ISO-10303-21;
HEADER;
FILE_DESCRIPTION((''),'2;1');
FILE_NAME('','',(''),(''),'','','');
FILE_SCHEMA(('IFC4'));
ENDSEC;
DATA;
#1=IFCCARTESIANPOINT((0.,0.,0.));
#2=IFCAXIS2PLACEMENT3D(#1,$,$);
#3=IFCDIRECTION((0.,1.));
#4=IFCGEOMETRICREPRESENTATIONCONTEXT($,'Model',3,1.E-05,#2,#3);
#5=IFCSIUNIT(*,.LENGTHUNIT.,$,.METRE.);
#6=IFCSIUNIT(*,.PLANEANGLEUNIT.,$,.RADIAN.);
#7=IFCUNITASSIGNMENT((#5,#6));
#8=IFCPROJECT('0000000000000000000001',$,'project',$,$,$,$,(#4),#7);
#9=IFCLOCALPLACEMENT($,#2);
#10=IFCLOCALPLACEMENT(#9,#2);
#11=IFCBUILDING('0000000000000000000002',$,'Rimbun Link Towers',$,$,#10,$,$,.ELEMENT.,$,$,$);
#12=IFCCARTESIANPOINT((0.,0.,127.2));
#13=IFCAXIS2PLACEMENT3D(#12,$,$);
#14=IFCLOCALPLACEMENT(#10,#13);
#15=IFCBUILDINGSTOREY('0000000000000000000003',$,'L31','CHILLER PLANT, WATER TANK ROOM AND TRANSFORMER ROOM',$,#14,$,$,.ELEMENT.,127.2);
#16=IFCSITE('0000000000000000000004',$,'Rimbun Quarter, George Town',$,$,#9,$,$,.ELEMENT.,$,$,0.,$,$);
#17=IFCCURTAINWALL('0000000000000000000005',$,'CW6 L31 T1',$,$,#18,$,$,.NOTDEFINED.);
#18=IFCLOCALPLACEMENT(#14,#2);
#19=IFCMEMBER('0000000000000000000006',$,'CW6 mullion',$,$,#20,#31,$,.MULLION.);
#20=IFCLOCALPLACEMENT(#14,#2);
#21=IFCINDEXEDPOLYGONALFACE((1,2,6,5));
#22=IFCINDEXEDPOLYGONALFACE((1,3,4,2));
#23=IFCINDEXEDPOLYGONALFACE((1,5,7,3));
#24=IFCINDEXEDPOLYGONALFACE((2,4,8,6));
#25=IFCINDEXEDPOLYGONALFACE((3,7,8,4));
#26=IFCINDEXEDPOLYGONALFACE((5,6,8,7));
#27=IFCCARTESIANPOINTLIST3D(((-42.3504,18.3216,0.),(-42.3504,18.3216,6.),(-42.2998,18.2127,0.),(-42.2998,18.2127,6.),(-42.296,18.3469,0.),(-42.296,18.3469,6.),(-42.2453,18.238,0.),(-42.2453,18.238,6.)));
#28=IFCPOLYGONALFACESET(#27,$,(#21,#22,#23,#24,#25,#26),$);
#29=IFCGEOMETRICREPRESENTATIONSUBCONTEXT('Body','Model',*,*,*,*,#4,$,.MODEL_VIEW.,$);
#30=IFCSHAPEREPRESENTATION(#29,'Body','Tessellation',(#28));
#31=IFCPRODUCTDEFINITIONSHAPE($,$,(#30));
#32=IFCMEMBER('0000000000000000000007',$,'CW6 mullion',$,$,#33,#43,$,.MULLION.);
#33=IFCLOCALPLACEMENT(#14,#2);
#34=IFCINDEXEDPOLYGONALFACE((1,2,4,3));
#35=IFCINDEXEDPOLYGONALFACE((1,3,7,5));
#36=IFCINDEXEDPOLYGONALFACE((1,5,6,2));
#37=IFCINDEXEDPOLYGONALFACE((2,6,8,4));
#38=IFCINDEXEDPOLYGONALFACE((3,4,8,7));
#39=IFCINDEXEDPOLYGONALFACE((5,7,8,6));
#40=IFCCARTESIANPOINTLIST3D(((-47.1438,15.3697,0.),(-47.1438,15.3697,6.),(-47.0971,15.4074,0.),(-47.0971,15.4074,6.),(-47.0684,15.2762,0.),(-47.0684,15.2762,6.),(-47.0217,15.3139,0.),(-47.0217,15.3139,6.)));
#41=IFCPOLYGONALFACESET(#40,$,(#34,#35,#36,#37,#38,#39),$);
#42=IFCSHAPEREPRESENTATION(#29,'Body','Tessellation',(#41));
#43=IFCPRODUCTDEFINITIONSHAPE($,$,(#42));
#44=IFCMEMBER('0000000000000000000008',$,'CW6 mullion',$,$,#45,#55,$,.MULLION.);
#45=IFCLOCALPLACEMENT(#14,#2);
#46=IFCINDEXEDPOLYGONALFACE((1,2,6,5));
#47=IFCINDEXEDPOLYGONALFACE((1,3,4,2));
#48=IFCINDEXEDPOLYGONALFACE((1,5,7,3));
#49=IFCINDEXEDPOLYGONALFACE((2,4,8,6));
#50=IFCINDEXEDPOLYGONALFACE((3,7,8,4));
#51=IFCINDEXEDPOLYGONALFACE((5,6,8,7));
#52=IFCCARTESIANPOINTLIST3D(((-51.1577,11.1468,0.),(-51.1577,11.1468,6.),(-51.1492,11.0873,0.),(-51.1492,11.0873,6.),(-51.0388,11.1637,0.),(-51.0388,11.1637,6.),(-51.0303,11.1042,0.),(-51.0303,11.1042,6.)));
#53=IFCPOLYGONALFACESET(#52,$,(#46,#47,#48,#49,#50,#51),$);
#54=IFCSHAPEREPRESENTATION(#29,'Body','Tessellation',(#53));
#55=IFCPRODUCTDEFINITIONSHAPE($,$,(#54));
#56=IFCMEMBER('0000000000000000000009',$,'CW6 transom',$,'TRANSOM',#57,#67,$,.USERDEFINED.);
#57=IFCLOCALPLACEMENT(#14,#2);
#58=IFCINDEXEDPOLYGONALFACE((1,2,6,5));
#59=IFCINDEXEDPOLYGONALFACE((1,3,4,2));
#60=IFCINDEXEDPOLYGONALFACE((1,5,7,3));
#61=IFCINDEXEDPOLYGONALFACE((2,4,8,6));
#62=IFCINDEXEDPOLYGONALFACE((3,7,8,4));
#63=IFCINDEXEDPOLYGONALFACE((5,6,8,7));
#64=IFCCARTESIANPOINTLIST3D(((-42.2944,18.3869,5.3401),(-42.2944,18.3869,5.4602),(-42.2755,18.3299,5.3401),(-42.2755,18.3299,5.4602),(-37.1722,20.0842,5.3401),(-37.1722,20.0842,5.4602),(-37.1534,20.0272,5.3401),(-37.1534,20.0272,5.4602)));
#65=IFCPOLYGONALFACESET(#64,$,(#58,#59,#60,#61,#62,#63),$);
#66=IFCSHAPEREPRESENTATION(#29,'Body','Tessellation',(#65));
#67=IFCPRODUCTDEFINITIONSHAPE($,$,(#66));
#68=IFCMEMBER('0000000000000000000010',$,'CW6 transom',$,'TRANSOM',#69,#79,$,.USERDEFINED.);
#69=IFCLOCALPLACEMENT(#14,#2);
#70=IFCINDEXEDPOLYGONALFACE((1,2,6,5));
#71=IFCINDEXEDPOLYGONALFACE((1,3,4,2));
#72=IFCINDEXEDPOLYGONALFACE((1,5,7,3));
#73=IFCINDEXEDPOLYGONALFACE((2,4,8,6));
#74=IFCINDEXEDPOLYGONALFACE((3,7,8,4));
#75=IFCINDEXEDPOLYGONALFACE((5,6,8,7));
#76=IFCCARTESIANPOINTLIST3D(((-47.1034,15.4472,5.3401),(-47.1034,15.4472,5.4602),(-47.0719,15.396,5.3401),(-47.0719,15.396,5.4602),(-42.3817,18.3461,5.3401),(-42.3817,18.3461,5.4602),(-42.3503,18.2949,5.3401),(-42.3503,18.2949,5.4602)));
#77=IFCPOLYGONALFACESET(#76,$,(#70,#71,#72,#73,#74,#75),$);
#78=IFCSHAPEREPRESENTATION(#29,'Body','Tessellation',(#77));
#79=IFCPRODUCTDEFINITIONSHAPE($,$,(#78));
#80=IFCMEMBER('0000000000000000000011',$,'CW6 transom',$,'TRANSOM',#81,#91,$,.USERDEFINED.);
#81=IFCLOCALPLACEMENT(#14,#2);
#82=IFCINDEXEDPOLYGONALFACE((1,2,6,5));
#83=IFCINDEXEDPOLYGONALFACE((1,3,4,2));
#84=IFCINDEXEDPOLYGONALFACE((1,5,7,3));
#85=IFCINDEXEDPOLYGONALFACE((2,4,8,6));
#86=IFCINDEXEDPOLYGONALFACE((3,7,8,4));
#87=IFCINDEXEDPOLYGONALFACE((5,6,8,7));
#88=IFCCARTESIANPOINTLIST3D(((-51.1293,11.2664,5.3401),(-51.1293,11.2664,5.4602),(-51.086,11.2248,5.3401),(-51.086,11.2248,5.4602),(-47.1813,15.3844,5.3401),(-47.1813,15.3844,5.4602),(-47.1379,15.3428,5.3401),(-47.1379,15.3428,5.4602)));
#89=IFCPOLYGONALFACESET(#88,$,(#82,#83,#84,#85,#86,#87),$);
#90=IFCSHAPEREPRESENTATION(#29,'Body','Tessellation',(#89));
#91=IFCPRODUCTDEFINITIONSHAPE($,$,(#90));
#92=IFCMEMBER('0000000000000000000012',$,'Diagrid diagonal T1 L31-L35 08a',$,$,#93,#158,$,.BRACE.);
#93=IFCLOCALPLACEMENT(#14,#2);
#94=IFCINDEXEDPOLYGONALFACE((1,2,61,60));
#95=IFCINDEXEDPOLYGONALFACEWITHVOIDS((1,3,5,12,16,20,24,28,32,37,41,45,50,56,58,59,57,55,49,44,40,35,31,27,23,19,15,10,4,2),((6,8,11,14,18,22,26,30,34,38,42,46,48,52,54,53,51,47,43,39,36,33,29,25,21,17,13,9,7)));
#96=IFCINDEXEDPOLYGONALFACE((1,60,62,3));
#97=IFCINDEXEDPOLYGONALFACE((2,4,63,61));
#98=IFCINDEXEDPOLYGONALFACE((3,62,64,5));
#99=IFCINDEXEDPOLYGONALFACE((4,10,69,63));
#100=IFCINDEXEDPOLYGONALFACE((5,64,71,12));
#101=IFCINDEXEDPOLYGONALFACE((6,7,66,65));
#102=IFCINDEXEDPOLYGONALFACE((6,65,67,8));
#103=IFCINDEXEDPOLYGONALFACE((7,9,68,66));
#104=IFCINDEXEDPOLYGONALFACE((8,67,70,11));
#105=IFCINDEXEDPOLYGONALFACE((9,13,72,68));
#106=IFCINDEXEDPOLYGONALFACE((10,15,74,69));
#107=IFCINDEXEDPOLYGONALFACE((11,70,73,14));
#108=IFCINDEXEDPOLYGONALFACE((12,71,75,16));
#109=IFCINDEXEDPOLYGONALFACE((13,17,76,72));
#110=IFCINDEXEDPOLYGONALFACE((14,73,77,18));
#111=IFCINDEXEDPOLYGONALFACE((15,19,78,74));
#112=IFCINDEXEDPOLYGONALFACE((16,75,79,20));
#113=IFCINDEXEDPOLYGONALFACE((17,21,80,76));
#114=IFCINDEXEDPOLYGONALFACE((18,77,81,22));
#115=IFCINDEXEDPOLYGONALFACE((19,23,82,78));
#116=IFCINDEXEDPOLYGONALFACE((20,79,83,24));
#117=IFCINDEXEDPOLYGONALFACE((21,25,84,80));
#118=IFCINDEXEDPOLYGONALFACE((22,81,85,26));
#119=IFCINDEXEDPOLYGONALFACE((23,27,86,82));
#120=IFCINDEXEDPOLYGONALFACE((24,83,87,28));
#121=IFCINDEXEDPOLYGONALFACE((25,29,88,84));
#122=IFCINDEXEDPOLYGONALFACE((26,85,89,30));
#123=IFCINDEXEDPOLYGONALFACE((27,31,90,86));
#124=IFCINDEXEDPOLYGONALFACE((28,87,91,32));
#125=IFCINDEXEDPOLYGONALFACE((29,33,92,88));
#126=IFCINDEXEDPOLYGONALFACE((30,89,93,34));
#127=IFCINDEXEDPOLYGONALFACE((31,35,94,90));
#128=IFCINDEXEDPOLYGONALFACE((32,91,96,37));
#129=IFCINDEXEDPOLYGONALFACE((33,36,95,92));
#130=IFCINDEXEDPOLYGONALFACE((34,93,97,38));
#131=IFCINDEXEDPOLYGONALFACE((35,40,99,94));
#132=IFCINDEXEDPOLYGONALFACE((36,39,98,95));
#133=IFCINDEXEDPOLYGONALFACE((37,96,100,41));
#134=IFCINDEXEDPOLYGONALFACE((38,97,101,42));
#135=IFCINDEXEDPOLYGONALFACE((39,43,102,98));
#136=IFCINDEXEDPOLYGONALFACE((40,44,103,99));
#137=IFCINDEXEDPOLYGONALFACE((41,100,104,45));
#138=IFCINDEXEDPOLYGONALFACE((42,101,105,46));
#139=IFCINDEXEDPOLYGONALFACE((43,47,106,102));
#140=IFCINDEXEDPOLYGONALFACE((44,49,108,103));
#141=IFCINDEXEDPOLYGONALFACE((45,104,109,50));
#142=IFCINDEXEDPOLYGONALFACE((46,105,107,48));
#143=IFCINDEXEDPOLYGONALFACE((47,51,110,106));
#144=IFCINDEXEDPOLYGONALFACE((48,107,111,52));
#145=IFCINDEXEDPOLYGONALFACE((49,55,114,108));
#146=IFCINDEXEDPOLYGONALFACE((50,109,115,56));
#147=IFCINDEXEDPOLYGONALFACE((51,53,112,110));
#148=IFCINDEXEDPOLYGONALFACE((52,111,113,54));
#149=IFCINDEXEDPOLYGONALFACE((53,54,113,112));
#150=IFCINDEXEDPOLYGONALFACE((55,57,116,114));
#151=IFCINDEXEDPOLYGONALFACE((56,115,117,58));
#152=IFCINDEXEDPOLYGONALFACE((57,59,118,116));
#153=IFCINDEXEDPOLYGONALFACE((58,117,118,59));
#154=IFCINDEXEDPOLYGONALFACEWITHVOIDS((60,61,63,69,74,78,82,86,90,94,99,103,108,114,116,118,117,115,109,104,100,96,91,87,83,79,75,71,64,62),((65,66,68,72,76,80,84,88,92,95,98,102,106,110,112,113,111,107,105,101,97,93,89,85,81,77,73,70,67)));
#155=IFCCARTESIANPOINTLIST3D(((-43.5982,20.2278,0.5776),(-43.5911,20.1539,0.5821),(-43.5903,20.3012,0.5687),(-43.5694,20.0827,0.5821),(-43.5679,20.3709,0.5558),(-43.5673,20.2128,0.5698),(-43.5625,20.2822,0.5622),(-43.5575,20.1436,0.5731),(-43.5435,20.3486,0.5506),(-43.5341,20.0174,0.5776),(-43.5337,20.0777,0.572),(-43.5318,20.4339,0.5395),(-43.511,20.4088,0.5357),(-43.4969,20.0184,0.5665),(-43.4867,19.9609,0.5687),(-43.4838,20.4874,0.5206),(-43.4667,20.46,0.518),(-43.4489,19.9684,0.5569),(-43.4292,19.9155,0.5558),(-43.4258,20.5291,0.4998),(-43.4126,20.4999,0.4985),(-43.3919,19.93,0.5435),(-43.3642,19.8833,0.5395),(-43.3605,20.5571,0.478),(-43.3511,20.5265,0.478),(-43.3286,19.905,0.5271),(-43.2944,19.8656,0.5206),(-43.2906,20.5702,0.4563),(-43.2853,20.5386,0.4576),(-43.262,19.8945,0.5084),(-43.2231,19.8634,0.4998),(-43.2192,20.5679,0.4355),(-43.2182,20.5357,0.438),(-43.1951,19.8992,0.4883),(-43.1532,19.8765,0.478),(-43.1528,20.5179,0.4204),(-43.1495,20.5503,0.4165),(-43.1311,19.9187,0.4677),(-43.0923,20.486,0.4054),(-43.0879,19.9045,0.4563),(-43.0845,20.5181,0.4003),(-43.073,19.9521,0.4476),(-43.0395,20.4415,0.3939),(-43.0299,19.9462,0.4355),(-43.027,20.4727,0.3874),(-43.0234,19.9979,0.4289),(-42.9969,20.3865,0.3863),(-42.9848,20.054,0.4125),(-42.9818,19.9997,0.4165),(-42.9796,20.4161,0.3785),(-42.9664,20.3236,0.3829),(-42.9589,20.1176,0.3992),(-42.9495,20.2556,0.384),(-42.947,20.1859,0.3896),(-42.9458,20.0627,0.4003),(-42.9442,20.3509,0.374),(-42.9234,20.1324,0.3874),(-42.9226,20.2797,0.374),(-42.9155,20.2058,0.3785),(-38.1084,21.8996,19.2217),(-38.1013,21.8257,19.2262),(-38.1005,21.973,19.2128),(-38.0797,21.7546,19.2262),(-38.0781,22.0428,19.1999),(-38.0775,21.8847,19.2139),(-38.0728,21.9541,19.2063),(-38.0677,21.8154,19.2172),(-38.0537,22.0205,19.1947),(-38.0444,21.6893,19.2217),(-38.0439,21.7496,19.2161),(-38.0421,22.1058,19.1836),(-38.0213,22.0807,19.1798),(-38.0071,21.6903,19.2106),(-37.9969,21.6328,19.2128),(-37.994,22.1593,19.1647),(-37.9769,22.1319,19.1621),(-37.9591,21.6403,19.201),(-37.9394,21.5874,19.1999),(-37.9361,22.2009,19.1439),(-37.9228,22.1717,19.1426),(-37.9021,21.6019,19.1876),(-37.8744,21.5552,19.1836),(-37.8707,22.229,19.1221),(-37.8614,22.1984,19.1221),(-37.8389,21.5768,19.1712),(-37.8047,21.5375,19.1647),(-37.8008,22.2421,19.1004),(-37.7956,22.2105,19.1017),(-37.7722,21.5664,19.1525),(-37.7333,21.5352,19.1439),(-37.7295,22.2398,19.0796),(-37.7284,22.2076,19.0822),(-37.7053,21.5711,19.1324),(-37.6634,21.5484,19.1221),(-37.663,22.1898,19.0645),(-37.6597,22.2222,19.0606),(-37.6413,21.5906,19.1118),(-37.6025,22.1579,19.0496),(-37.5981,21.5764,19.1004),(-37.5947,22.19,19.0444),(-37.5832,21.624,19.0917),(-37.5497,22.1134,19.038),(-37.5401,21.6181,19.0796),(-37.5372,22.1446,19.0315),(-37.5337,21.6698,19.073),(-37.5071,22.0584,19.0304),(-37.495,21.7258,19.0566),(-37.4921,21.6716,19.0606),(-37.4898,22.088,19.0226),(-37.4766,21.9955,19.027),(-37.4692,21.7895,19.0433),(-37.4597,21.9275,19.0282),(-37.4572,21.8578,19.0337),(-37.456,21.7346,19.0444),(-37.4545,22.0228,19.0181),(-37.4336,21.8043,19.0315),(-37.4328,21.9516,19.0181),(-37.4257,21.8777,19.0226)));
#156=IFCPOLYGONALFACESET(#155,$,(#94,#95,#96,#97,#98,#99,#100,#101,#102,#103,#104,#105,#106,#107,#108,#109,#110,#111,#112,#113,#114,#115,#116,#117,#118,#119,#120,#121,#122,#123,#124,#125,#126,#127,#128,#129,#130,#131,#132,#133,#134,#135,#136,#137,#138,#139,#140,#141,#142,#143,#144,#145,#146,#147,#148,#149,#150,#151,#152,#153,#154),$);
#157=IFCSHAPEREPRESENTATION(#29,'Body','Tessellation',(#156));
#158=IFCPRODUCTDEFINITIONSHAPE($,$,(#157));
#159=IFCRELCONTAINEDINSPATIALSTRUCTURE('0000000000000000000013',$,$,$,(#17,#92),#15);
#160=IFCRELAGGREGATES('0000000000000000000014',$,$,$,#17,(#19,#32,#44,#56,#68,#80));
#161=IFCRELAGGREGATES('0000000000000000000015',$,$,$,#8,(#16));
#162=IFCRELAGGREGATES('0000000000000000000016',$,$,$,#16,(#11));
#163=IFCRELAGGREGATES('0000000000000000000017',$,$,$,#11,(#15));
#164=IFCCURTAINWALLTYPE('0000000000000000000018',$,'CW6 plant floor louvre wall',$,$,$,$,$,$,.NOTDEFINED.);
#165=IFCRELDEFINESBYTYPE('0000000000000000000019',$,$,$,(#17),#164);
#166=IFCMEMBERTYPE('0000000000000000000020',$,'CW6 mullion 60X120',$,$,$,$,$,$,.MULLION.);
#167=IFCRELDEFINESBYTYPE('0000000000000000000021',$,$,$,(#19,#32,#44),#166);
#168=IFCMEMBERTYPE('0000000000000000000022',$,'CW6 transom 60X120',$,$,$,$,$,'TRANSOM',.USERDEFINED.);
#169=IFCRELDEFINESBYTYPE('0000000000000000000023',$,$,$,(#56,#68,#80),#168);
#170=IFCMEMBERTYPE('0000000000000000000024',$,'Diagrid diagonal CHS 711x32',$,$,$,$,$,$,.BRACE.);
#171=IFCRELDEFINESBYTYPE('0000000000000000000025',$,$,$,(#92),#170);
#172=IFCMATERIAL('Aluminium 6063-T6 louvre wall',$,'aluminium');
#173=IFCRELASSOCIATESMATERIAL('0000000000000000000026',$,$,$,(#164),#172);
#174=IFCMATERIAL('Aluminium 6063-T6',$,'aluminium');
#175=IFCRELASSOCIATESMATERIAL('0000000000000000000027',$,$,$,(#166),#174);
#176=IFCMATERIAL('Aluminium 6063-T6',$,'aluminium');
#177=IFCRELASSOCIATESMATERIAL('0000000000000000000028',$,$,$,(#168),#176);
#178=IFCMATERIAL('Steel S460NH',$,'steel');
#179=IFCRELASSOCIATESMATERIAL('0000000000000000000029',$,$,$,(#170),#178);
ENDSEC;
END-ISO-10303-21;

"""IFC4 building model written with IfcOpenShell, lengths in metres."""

from ifc_helpers import new_model, si_unit, direction, frame, origin, origin_2d, place, context, subcontext, project, spatial, rectangle, hollow_circle, extrude, material, material_profile, profile_set, type_object, element, aggregate, save


model = new_model("IFC4")

# Units and contexts
model_context = context("Model", 3, precision=1e-05, world=origin(), true_north=direction((0.0, 1.0)))
body_context = subcontext(model_context, "Body", "Model", "MODEL_VIEW")
ifc_project = project(units=[si_unit("LENGTHUNIT", "METRE"), si_unit("PLANEANGLEUNIT", "RADIAN")], contexts=[model_context])

# Site, building, storey
site_placement = place(None, origin())
site = spatial("IfcSite", under=ifc_project, at=site_placement, Name="Rimbun Quarter, George Town", CompositionType="ELEMENT", RefElevation=0.0)
building_placement = place(site_placement, origin())
building = spatial("IfcBuilding", under=site, at=building_placement, Name="Rimbun Link Towers", CompositionType="ELEMENT")
storey_placement = place(building_placement, frame((0.0, 0.0, 127.2)))
storey = spatial("IfcBuildingStorey", under=building, at=storey_placement, Name="L31", Description="CHILLER PLANT, WATER TANK ROOM AND TRANSFORMER ROOM", CompositionType="ELEMENT", Elevation=127.2)

# Curtain wall, members
ifc_material_1 = material(Name="Aluminium 6063-T6 louvre wall", Category="aluminium")
curtain_wall_type = type_object("IfcCurtainWallType", Name="CW6 plant floor louvre wall", PredefinedType="NOTDEFINED", material=ifc_material_1)
curtain_wall_placement = place(storey_placement, origin())
curtain_wall = element("IfcCurtainWall", 1, at=curtain_wall_placement, inside=storey, type_object=curtain_wall_type, Name="CW6 L31 T1", PredefinedType="NOTDEFINED")
ifc_material_2 = material(Name="Aluminium 6063-T6", Category="aluminium")
ifc_material_profile_1 = material_profile(ifc_material_2, rectangle(XDim=0.1201, YDim=0.0601, at=origin_2d()), Name="MULLION 60X120")
ifc_profile_set_1 = profile_set([ifc_material_profile_1], Name="Aluminium 6063-T6")
member_type_1 = type_object("IfcMemberType", Name="CW6 mullion 60X120", PredefinedType="MULLION", material=ifc_profile_set_1)
member_1_placement = place(storey_placement, frame((-42.2979, 18.2798, 0.0), z_axis=(0.0, 0.0, 1.0), x_axis=(-0.421707, 0.906732, 0.0)))
member_1 = element("IfcMember", 2, at=member_1_placement, type_object=member_type_1, Name="CW6 mullion", PredefinedType="MULLION", context=body_context, shape_type="SweptSolid", body=[
    extrude(rectangle(XDim=0.1201, YDim=0.0601, at=origin_2d()), origin(), (0.0, 0.0, 1.0), 6.0),
])
member_2_placement = place(storey_placement, frame((-47.0828, 15.3418, 0.0), z_axis=(0.0, 0.0, 1.0), x_axis=(-0.627666, 0.778483, 0.0)))
member_2 = element("IfcMember", 3, at=member_2_placement, type_object=member_type_1, Name="CW6 mullion", PredefinedType="MULLION", context=body_context, shape_type="SweptSolid", body=[
    extrude(rectangle(XDim=0.1201, YDim=0.0601, at=origin_2d()), origin(), (0.0, 0.0, 1.0), 6.0),
])
member_3_placement = place(storey_placement, frame((-51.094, 11.1255, 0.0), z_axis=(0.0, 0.0, 1.0), x_axis=(-0.990016, -0.140955, 0.0)))
member_3 = element("IfcMember", 4, at=member_3_placement, type_object=member_type_1, Name="CW6 mullion", PredefinedType="MULLION", context=body_context, shape_type="SweptSolid", body=[
    extrude(rectangle(XDim=0.1201, YDim=0.0601, at=origin_2d()), origin(), (0.0, 0.0, 1.0), 6.0),
])
ifc_material_3 = material(Name="Aluminium 6063-T6", Category="aluminium")
ifc_material_profile_2 = material_profile(ifc_material_3, rectangle(XDim=0.0601, YDim=0.1201, at=origin_2d()), Name="TRANSOM 60X120")
ifc_profile_set_2 = profile_set([ifc_material_profile_2], Name="Aluminium 6063-T6")
member_type_2 = type_object("IfcMemberType", Name="CW6 transom 60X120", ElementType="TRANSOM", PredefinedType="USERDEFINED", material=ifc_profile_set_2)
member_4_placement = place(storey_placement, frame((-42.2849, 18.3584, 5.4001), z_axis=(0.949243, 0.314544, 0.0), x_axis=(-0.314544, 0.949243, 0.0)))
member_4 = element("IfcMember", 5, at=member_4_placement, type_object=member_type_2, Name="CW6 transom", ObjectType="TRANSOM", PredefinedType="USERDEFINED", context=body_context, shape_type="SweptSolid", body=[
    extrude(rectangle(XDim=0.0601, YDim=0.1201, at=origin_2d()), origin(), (0.0, 0.0, 1.0), 5.396),
])
member_5_placement = place(storey_placement, frame((-47.0876, 15.4216, 5.4001), z_axis=(0.852199, 0.523217, 0.0), x_axis=(-0.523217, 0.852199, 0.0)))
member_5 = element("IfcMember", 6, at=member_5_placement, type_object=member_type_2, Name="CW6 transom", ObjectType="TRANSOM", PredefinedType="USERDEFINED", context=body_context, shape_type="SweptSolid", body=[
    extrude(rectangle(XDim=0.0601, YDim=0.1201, at=origin_2d()), origin(), (0.0, 0.0, 1.0), 5.5405),
])
member_6_placement = place(storey_placement, frame((-51.1077, 11.2456, 5.4001), z_axis=(0.692057, 0.721843, 0.0), x_axis=(-0.721843, 0.692057, 0.0)))
member_6 = element("IfcMember", 7, at=member_6_placement, type_object=member_type_2, Name="CW6 transom", ObjectType="TRANSOM", PredefinedType="USERDEFINED", context=body_context, shape_type="SweptSolid", body=[
    extrude(rectangle(XDim=0.0601, YDim=0.1201, at=origin_2d()), origin(), (0.0, 0.0, 1.0), 5.7048),
])

# Member
ifc_material_4 = material(Name="Steel S460NH", Category="steel")
ifc_material_profile_3 = material_profile(ifc_material_4, hollow_circle(Radius=0.3557, WallThickness=0.032, at=origin_2d()), Name="Diagrid diagonal CHS 711x32")
ifc_profile_set_3 = profile_set([ifc_material_profile_3], Name="Steel S460NH")
member_type_3 = type_object("IfcMemberType", Name="Diagrid diagonal CHS 711x32", PredefinedType="BRACE", material=ifc_profile_set_3)
member_7_placement = place(storey_placement, frame((-43.2568, 20.2168, 0.478), z_axis=(0.281421, 0.085705, 0.955749), x_axis=(-0.291334, 0.956621, 0.0)))
element("IfcMember", 8, at=member_7_placement, inside=storey, type_object=member_type_3, Name="Diagrid diagonal T1 L31-L35 08a", PredefinedType="BRACE", context=body_context, shape_type="SweptSolid", body=[
    extrude(hollow_circle(Radius=0.3557, WallThickness=0.032, at=origin_2d()), origin(), (0.0, 0.0, 1.0), 19.5073),
])

aggregate(curtain_wall, [member_1, member_2, member_3, member_4, member_5, member_6])

save(model, "model.ifc")
